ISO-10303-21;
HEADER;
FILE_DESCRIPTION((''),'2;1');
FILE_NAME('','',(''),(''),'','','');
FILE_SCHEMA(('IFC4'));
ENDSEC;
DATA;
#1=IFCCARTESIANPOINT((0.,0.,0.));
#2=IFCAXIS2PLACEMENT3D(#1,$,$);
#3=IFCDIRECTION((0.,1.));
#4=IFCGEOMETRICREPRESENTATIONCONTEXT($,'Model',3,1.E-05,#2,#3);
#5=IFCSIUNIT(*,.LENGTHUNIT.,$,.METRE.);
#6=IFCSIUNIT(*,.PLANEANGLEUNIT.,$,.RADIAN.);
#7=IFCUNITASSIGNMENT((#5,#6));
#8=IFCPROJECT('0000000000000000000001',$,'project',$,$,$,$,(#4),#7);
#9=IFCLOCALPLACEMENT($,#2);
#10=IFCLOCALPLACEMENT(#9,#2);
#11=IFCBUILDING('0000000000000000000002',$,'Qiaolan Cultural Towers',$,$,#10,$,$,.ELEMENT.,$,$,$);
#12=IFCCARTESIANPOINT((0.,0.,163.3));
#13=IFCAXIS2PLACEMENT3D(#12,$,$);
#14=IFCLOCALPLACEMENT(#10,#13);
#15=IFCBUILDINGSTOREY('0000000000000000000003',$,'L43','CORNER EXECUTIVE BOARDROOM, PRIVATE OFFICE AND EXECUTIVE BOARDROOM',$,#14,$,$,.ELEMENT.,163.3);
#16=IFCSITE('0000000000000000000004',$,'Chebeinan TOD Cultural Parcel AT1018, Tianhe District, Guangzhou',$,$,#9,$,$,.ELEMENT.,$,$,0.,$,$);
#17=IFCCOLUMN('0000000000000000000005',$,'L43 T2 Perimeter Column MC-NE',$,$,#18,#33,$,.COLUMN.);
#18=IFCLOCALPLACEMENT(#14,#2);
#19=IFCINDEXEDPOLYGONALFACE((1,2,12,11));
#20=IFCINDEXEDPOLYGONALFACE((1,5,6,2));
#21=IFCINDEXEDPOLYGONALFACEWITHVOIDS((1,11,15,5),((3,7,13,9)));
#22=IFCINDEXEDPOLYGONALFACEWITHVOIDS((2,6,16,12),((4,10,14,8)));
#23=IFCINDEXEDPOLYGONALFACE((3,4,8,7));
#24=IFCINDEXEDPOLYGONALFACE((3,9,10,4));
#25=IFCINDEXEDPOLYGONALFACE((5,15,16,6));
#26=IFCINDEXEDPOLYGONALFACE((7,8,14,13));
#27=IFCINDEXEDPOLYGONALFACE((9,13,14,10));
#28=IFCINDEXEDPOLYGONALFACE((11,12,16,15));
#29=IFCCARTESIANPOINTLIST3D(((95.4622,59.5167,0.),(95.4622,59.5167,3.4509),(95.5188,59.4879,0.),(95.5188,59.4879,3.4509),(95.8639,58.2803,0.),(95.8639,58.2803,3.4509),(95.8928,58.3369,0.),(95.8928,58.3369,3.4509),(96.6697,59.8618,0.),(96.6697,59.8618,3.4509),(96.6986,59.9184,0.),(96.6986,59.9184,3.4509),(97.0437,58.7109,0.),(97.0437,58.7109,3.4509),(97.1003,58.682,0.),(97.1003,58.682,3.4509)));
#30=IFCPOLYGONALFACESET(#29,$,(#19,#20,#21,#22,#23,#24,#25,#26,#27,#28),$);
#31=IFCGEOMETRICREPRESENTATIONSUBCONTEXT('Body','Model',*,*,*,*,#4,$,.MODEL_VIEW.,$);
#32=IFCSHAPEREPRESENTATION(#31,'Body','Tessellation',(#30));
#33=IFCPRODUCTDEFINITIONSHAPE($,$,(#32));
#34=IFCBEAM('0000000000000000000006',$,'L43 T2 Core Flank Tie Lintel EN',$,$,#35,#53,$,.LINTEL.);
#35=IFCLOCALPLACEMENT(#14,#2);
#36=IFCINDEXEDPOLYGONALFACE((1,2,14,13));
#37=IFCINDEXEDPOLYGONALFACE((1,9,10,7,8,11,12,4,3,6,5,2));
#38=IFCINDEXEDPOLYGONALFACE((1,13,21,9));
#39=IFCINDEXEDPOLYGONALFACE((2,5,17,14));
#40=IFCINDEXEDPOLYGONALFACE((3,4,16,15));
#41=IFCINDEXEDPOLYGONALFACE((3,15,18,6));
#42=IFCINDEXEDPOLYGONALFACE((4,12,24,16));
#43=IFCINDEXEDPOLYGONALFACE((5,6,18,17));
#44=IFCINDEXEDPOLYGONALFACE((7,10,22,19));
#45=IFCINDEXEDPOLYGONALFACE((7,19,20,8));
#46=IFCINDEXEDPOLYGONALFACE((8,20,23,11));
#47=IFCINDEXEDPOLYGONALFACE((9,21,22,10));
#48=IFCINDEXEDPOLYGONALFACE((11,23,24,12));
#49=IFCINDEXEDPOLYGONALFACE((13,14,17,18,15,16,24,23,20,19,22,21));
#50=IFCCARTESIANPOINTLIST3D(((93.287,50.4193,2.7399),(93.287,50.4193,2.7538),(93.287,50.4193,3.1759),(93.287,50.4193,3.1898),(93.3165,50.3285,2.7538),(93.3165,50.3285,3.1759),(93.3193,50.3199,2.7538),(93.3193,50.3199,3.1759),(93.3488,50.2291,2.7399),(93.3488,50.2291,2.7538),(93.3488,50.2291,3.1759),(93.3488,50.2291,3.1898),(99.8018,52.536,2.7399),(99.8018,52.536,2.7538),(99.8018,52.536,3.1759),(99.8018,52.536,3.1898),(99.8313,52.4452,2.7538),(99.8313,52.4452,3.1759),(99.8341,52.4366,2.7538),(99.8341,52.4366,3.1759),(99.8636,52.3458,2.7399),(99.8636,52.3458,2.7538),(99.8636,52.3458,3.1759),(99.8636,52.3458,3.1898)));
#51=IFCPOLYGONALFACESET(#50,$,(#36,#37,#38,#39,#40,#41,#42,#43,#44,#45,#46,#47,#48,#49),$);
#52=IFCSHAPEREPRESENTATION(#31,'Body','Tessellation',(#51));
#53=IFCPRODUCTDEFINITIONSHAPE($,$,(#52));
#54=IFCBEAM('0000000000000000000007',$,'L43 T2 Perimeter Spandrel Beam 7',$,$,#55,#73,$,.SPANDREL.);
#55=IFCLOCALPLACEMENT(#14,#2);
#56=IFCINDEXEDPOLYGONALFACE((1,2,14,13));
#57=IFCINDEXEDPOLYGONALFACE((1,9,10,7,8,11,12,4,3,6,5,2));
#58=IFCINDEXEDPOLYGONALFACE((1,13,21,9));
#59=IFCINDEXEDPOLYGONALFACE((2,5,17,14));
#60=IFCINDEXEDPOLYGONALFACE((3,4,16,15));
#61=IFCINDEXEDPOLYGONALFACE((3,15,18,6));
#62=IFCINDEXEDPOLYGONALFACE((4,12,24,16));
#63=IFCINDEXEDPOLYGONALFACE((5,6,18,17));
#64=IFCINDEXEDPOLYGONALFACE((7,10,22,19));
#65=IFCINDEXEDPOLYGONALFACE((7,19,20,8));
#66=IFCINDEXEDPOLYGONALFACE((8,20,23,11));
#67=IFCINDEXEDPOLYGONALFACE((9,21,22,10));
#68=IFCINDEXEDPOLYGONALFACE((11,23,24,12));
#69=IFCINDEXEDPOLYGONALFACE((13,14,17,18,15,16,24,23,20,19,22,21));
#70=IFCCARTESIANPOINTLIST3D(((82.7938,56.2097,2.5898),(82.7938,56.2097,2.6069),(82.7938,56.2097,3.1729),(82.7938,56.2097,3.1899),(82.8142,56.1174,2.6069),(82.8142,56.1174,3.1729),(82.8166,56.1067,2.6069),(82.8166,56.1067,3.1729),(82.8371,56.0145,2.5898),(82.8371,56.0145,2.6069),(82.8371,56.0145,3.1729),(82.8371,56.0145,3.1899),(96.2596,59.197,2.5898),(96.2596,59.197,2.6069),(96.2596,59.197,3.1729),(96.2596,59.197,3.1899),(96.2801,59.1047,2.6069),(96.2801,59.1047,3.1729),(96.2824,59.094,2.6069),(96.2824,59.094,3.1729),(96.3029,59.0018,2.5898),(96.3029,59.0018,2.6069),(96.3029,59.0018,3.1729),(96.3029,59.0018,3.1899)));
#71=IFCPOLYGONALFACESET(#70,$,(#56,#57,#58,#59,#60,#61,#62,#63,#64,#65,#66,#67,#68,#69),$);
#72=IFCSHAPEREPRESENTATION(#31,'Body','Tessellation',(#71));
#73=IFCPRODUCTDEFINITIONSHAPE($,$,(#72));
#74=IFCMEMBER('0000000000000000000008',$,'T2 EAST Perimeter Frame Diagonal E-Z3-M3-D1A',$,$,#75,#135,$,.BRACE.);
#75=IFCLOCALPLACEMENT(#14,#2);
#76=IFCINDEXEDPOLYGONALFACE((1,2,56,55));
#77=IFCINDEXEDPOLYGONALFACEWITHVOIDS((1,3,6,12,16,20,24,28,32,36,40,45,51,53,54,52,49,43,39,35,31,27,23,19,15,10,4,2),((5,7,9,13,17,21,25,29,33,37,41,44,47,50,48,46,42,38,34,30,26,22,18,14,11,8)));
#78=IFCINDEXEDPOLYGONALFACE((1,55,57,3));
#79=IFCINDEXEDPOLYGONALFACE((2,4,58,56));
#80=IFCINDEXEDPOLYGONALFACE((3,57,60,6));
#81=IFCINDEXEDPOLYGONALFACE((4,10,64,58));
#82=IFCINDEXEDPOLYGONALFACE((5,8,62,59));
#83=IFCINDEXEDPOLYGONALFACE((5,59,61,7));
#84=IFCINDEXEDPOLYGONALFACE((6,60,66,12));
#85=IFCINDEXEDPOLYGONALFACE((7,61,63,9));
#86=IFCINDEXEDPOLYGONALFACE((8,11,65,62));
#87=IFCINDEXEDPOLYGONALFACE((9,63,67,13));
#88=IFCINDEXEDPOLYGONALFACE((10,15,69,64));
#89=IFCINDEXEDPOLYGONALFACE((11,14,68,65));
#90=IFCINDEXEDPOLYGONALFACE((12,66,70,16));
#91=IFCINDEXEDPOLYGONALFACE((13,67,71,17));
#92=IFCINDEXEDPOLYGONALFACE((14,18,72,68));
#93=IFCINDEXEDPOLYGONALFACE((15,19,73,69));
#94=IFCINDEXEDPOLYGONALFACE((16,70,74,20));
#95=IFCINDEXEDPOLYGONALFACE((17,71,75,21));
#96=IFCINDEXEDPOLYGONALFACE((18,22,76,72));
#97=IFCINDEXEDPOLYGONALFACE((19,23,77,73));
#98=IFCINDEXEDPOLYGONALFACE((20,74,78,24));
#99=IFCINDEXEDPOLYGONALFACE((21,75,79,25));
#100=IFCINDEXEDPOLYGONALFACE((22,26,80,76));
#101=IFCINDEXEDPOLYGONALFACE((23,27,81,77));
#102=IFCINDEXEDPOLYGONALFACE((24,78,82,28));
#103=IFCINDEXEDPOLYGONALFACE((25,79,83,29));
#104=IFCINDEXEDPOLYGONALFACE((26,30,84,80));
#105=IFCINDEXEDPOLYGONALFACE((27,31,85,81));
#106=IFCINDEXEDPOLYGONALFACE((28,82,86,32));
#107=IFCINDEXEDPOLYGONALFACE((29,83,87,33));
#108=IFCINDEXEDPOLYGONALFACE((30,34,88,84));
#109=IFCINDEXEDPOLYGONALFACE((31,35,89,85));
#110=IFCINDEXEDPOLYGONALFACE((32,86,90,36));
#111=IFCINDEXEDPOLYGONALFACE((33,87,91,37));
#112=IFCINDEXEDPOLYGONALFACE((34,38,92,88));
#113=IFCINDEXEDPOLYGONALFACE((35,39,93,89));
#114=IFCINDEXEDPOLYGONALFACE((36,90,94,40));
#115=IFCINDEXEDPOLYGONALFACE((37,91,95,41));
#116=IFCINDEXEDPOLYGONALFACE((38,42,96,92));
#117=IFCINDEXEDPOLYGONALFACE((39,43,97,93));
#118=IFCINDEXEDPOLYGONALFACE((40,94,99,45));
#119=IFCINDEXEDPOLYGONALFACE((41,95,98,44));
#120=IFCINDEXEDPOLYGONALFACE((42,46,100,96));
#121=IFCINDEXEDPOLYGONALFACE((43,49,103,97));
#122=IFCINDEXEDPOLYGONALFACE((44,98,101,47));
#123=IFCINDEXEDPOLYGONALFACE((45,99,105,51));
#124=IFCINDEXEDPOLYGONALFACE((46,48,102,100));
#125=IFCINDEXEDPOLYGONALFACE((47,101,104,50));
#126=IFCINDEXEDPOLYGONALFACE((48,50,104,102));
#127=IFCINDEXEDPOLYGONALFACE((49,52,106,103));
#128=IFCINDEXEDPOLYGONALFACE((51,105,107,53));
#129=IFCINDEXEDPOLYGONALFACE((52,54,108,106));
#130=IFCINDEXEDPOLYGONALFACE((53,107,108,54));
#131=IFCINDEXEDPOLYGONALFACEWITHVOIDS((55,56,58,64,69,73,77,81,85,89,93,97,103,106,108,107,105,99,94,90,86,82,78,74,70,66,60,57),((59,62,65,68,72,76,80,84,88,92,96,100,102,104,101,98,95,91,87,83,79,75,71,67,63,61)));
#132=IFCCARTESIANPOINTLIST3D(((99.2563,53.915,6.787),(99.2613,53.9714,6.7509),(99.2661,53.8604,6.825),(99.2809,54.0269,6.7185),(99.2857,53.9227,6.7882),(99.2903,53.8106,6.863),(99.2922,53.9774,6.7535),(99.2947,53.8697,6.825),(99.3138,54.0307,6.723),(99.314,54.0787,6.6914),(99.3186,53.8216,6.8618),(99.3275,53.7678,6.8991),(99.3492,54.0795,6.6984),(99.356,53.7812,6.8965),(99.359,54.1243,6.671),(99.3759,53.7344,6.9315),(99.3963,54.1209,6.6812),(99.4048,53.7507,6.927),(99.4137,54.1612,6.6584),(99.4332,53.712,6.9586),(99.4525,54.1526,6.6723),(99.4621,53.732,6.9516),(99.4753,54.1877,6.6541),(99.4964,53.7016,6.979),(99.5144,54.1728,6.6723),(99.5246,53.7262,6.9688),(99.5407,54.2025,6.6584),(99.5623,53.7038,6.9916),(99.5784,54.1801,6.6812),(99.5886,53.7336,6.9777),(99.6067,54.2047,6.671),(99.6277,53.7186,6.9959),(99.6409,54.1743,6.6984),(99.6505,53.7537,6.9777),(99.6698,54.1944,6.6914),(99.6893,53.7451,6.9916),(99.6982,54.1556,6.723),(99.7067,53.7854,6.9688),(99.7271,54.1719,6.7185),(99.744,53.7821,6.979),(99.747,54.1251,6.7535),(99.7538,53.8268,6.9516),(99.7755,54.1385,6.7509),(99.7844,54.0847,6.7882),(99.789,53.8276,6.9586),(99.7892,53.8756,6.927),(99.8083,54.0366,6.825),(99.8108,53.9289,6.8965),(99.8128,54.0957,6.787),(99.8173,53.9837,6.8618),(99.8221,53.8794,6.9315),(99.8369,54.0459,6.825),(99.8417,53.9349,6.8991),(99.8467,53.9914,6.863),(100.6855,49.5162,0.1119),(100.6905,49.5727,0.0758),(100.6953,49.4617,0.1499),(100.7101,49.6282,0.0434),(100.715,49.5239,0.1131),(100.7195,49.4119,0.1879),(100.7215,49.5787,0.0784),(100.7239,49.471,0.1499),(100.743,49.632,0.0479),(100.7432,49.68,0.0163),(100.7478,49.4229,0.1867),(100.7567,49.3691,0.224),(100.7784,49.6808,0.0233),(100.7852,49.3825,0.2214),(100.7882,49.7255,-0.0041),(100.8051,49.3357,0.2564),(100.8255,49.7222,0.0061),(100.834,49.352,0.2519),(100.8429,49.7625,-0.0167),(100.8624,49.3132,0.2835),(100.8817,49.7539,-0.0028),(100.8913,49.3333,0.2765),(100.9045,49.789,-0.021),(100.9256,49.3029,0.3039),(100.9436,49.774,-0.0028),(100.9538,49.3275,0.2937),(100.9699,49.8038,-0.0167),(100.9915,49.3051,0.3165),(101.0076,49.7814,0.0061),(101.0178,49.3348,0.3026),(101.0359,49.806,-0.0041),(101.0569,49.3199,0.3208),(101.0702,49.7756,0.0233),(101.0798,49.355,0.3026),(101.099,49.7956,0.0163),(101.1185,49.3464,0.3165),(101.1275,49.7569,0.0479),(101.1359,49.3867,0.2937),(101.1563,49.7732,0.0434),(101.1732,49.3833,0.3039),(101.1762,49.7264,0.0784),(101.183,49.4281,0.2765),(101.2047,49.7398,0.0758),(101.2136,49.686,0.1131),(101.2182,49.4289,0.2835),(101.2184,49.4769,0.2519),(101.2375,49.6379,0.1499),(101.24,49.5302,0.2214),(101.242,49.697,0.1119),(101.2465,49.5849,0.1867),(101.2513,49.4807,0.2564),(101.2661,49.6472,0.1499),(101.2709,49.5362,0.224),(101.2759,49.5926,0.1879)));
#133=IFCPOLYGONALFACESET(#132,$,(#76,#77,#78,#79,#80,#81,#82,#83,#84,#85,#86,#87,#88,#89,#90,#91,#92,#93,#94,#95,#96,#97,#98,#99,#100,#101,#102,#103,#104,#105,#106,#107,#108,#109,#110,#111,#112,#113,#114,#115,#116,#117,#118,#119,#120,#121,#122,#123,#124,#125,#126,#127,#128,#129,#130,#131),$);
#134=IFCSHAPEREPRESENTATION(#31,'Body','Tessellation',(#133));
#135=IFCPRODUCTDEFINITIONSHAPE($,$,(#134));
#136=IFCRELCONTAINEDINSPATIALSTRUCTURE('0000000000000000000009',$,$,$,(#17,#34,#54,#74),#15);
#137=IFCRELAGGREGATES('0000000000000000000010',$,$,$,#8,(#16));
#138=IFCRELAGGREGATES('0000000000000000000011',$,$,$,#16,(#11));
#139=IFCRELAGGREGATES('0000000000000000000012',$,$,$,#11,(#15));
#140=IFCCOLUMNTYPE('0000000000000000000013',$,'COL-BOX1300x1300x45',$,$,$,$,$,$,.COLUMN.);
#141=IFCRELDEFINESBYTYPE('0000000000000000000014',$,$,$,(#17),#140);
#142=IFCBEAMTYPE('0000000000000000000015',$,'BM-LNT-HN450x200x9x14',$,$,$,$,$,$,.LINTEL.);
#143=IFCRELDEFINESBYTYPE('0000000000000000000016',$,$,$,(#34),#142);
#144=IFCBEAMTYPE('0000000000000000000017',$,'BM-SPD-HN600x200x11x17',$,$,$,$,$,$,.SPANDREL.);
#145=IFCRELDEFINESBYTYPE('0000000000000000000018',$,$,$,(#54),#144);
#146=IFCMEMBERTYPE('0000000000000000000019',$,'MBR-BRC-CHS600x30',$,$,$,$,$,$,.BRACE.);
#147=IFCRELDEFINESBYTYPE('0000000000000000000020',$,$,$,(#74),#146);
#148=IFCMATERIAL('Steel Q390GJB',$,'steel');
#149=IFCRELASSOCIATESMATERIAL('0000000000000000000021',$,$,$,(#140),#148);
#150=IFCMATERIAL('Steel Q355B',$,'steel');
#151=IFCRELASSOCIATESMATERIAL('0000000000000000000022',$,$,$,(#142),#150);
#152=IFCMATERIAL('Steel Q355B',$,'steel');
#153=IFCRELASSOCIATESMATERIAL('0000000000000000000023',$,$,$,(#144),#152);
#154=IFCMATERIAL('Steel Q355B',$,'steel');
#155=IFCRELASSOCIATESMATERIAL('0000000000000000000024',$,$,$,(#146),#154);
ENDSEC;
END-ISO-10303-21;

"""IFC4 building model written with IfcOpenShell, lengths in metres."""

from ifc_helpers import new_model, si_unit, direction, frame, origin, origin_2d, place, context, subcontext, project, spatial, hollow_rectangle, hollow_circle, i_section, extrude, material, material_profile, profile_set, type_object, element, save


model = new_model("IFC4")

# Units and contexts
model_context = context("Model", 3, precision=1e-05, world=origin(), true_north=direction((0.0, 1.0)))
body_context = subcontext(model_context, "Body", "Model", "MODEL_VIEW")
ifc_project = project(units=[si_unit("LENGTHUNIT", "METRE"), si_unit("PLANEANGLEUNIT", "RADIAN")], contexts=[model_context])

# Site, building, storey
site_placement = place(None, origin())
site = spatial("IfcSite", under=ifc_project, at=site_placement, Name="Chebeinan TOD Cultural Parcel AT1018, Tianhe District, Guangzhou", CompositionType="ELEMENT", RefElevation=0.0)
building_placement = place(site_placement, origin())
building = spatial("IfcBuilding", under=site, at=building_placement, Name="Qiaolan Cultural Towers", CompositionType="ELEMENT")
storey_placement = place(building_placement, frame((0.0, 0.0, 163.3)))
storey = spatial("IfcBuildingStorey", under=building, at=storey_placement, Name="L43", Description="CORNER EXECUTIVE BOARDROOM, PRIVATE OFFICE AND EXECUTIVE BOARDROOM", CompositionType="ELEMENT", Elevation=163.3)

# Column
ifc_material_1 = material(Name="Steel Q390GJB", Category="steel")
ifc_material_profile_1 = material_profile(ifc_material_1, hollow_rectangle(XDim=1.3, YDim=1.3, WallThickness=0.0449, at=origin_2d()), Name="BOX1300x1300x45")
ifc_profile_set_1 = profile_set([ifc_material_profile_1], Name="Steel Q390GJB")
column_type = type_object("IfcColumnType", Name="COL-BOX1300x1300x45", PredefinedType="COLUMN", material=ifc_profile_set_1)
column_placement = place(storey_placement, frame((96.2812, 59.0994, 0.0), z_axis=(0.0, 0.0, 1.0), x_axis=(0.951057, 0.309017, 0.0)))
element("IfcColumn", 1, at=column_placement, inside=storey, type_object=column_type, Name="L43 T2 Perimeter Column MC-NE", PredefinedType="COLUMN", context=body_context, shape_type="SweptSolid", body=[
    extrude(hollow_rectangle(XDim=1.3, YDim=1.3, WallThickness=0.0449, at=origin_2d()), origin(), (0.0, 0.0, 1.0), 3.4509),
])

# Beams
ifc_material_2 = material(Name="Steel Q355B", Category="steel")
ifc_material_profile_2 = material_profile(ifc_material_2, i_section(OverallWidth=0.2, OverallDepth=0.45, WebThickness=0.009, FlangeThickness=0.0139, at=origin_2d()), Name="HN450x200x9x14")
ifc_profile_set_2 = profile_set([ifc_material_profile_2], Name="Steel Q355B")
beam_type_1 = type_object("IfcBeamType", Name="BM-LNT-HN450x200x9x14", PredefinedType="LINTEL", material=ifc_profile_set_2)
beam_1_placement = place(storey_placement, frame((93.3179, 50.3242, 2.9648), z_axis=(0.951062, 0.309001, 0.0), x_axis=(-0.309001, 0.951062, 0.0)))
element("IfcBeam", 2, at=beam_1_placement, inside=storey, type_object=beam_type_1, Name="L43 T2 Core Flank Tie Lintel EN", PredefinedType="LINTEL", context=body_context, shape_type="SweptSolid", body=[
    extrude(i_section(OverallWidth=0.2, OverallDepth=0.45, WebThickness=0.009, FlangeThickness=0.0139, at=origin_2d()), origin(), (0.0, 0.0, 1.0), 6.8501),
])
ifc_material_3 = material(Name="Steel Q355B", Category="steel")
ifc_material_profile_3 = material_profile(ifc_material_3, i_section(OverallWidth=0.2, OverallDepth=0.6001, WebThickness=0.011, FlangeThickness=0.0171, at=origin_2d()), Name="HN600x200x11x17")
ifc_profile_set_3 = profile_set([ifc_material_profile_3], Name="Steel Q355B")
beam_type_2 = type_object("IfcBeamType", Name="BM-SPD-HN600x200x11x17", PredefinedType="SPANDREL", material=ifc_profile_set_3)
beam_2_placement = place(storey_placement, frame((96.2812, 59.0994, 2.8899), z_axis=(-0.976265, -0.216578, 0.0), x_axis=(0.216578, -0.976265, 0.0)))
element("IfcBeam", 3, at=beam_2_placement, inside=storey, type_object=beam_type_2, Name="L43 T2 Perimeter Spandrel Beam 7", PredefinedType="SPANDREL", context=body_context, shape_type="SweptSolid", body=[
    extrude(i_section(OverallWidth=0.2, OverallDepth=0.6001, WebThickness=0.011, FlangeThickness=0.0171, at=origin_2d()), origin(), (0.0, 0.0, 1.0), 13.7932),
])

# Member
ifc_material_4 = material(Name="Steel Q355B", Category="steel")
ifc_material_profile_4 = material_profile(ifc_material_4, hollow_circle(Radius=0.3, WallThickness=0.03, at=origin_2d()), Name="CHS600x30")
ifc_profile_set_4 = profile_set([ifc_material_profile_4], Name="Steel Q355B")
member_type = type_object("IfcMemberType", Name="MBR-BRC-CHS600x30", PredefinedType="BRACE", material=ifc_profile_set_4)
for number, where, z_axis, x_axis, name in (
    (4, (100.9807, 49.5544, 0.1499), (-0.175993, 0.541657, 0.82197), (-0.951058, -0.309013, 0.0), "T2 EAST Perimeter Frame Diagonal E-Z3-M3-D1A"),
):
    element("IfcMember", number, at=place(storey_placement, frame(where, z_axis=z_axis, x_axis=x_axis)), inside=storey, type_object=member_type, Name=name, PredefinedType="BRACE", context=body_context, shape_type="SweptSolid", body=[
        extrude(hollow_circle(Radius=0.3, WallThickness=0.03, at=origin_2d()), origin(), (0.0, 0.0, 1.0), 8.1208),
    ])

save(model, "model.ifc")
